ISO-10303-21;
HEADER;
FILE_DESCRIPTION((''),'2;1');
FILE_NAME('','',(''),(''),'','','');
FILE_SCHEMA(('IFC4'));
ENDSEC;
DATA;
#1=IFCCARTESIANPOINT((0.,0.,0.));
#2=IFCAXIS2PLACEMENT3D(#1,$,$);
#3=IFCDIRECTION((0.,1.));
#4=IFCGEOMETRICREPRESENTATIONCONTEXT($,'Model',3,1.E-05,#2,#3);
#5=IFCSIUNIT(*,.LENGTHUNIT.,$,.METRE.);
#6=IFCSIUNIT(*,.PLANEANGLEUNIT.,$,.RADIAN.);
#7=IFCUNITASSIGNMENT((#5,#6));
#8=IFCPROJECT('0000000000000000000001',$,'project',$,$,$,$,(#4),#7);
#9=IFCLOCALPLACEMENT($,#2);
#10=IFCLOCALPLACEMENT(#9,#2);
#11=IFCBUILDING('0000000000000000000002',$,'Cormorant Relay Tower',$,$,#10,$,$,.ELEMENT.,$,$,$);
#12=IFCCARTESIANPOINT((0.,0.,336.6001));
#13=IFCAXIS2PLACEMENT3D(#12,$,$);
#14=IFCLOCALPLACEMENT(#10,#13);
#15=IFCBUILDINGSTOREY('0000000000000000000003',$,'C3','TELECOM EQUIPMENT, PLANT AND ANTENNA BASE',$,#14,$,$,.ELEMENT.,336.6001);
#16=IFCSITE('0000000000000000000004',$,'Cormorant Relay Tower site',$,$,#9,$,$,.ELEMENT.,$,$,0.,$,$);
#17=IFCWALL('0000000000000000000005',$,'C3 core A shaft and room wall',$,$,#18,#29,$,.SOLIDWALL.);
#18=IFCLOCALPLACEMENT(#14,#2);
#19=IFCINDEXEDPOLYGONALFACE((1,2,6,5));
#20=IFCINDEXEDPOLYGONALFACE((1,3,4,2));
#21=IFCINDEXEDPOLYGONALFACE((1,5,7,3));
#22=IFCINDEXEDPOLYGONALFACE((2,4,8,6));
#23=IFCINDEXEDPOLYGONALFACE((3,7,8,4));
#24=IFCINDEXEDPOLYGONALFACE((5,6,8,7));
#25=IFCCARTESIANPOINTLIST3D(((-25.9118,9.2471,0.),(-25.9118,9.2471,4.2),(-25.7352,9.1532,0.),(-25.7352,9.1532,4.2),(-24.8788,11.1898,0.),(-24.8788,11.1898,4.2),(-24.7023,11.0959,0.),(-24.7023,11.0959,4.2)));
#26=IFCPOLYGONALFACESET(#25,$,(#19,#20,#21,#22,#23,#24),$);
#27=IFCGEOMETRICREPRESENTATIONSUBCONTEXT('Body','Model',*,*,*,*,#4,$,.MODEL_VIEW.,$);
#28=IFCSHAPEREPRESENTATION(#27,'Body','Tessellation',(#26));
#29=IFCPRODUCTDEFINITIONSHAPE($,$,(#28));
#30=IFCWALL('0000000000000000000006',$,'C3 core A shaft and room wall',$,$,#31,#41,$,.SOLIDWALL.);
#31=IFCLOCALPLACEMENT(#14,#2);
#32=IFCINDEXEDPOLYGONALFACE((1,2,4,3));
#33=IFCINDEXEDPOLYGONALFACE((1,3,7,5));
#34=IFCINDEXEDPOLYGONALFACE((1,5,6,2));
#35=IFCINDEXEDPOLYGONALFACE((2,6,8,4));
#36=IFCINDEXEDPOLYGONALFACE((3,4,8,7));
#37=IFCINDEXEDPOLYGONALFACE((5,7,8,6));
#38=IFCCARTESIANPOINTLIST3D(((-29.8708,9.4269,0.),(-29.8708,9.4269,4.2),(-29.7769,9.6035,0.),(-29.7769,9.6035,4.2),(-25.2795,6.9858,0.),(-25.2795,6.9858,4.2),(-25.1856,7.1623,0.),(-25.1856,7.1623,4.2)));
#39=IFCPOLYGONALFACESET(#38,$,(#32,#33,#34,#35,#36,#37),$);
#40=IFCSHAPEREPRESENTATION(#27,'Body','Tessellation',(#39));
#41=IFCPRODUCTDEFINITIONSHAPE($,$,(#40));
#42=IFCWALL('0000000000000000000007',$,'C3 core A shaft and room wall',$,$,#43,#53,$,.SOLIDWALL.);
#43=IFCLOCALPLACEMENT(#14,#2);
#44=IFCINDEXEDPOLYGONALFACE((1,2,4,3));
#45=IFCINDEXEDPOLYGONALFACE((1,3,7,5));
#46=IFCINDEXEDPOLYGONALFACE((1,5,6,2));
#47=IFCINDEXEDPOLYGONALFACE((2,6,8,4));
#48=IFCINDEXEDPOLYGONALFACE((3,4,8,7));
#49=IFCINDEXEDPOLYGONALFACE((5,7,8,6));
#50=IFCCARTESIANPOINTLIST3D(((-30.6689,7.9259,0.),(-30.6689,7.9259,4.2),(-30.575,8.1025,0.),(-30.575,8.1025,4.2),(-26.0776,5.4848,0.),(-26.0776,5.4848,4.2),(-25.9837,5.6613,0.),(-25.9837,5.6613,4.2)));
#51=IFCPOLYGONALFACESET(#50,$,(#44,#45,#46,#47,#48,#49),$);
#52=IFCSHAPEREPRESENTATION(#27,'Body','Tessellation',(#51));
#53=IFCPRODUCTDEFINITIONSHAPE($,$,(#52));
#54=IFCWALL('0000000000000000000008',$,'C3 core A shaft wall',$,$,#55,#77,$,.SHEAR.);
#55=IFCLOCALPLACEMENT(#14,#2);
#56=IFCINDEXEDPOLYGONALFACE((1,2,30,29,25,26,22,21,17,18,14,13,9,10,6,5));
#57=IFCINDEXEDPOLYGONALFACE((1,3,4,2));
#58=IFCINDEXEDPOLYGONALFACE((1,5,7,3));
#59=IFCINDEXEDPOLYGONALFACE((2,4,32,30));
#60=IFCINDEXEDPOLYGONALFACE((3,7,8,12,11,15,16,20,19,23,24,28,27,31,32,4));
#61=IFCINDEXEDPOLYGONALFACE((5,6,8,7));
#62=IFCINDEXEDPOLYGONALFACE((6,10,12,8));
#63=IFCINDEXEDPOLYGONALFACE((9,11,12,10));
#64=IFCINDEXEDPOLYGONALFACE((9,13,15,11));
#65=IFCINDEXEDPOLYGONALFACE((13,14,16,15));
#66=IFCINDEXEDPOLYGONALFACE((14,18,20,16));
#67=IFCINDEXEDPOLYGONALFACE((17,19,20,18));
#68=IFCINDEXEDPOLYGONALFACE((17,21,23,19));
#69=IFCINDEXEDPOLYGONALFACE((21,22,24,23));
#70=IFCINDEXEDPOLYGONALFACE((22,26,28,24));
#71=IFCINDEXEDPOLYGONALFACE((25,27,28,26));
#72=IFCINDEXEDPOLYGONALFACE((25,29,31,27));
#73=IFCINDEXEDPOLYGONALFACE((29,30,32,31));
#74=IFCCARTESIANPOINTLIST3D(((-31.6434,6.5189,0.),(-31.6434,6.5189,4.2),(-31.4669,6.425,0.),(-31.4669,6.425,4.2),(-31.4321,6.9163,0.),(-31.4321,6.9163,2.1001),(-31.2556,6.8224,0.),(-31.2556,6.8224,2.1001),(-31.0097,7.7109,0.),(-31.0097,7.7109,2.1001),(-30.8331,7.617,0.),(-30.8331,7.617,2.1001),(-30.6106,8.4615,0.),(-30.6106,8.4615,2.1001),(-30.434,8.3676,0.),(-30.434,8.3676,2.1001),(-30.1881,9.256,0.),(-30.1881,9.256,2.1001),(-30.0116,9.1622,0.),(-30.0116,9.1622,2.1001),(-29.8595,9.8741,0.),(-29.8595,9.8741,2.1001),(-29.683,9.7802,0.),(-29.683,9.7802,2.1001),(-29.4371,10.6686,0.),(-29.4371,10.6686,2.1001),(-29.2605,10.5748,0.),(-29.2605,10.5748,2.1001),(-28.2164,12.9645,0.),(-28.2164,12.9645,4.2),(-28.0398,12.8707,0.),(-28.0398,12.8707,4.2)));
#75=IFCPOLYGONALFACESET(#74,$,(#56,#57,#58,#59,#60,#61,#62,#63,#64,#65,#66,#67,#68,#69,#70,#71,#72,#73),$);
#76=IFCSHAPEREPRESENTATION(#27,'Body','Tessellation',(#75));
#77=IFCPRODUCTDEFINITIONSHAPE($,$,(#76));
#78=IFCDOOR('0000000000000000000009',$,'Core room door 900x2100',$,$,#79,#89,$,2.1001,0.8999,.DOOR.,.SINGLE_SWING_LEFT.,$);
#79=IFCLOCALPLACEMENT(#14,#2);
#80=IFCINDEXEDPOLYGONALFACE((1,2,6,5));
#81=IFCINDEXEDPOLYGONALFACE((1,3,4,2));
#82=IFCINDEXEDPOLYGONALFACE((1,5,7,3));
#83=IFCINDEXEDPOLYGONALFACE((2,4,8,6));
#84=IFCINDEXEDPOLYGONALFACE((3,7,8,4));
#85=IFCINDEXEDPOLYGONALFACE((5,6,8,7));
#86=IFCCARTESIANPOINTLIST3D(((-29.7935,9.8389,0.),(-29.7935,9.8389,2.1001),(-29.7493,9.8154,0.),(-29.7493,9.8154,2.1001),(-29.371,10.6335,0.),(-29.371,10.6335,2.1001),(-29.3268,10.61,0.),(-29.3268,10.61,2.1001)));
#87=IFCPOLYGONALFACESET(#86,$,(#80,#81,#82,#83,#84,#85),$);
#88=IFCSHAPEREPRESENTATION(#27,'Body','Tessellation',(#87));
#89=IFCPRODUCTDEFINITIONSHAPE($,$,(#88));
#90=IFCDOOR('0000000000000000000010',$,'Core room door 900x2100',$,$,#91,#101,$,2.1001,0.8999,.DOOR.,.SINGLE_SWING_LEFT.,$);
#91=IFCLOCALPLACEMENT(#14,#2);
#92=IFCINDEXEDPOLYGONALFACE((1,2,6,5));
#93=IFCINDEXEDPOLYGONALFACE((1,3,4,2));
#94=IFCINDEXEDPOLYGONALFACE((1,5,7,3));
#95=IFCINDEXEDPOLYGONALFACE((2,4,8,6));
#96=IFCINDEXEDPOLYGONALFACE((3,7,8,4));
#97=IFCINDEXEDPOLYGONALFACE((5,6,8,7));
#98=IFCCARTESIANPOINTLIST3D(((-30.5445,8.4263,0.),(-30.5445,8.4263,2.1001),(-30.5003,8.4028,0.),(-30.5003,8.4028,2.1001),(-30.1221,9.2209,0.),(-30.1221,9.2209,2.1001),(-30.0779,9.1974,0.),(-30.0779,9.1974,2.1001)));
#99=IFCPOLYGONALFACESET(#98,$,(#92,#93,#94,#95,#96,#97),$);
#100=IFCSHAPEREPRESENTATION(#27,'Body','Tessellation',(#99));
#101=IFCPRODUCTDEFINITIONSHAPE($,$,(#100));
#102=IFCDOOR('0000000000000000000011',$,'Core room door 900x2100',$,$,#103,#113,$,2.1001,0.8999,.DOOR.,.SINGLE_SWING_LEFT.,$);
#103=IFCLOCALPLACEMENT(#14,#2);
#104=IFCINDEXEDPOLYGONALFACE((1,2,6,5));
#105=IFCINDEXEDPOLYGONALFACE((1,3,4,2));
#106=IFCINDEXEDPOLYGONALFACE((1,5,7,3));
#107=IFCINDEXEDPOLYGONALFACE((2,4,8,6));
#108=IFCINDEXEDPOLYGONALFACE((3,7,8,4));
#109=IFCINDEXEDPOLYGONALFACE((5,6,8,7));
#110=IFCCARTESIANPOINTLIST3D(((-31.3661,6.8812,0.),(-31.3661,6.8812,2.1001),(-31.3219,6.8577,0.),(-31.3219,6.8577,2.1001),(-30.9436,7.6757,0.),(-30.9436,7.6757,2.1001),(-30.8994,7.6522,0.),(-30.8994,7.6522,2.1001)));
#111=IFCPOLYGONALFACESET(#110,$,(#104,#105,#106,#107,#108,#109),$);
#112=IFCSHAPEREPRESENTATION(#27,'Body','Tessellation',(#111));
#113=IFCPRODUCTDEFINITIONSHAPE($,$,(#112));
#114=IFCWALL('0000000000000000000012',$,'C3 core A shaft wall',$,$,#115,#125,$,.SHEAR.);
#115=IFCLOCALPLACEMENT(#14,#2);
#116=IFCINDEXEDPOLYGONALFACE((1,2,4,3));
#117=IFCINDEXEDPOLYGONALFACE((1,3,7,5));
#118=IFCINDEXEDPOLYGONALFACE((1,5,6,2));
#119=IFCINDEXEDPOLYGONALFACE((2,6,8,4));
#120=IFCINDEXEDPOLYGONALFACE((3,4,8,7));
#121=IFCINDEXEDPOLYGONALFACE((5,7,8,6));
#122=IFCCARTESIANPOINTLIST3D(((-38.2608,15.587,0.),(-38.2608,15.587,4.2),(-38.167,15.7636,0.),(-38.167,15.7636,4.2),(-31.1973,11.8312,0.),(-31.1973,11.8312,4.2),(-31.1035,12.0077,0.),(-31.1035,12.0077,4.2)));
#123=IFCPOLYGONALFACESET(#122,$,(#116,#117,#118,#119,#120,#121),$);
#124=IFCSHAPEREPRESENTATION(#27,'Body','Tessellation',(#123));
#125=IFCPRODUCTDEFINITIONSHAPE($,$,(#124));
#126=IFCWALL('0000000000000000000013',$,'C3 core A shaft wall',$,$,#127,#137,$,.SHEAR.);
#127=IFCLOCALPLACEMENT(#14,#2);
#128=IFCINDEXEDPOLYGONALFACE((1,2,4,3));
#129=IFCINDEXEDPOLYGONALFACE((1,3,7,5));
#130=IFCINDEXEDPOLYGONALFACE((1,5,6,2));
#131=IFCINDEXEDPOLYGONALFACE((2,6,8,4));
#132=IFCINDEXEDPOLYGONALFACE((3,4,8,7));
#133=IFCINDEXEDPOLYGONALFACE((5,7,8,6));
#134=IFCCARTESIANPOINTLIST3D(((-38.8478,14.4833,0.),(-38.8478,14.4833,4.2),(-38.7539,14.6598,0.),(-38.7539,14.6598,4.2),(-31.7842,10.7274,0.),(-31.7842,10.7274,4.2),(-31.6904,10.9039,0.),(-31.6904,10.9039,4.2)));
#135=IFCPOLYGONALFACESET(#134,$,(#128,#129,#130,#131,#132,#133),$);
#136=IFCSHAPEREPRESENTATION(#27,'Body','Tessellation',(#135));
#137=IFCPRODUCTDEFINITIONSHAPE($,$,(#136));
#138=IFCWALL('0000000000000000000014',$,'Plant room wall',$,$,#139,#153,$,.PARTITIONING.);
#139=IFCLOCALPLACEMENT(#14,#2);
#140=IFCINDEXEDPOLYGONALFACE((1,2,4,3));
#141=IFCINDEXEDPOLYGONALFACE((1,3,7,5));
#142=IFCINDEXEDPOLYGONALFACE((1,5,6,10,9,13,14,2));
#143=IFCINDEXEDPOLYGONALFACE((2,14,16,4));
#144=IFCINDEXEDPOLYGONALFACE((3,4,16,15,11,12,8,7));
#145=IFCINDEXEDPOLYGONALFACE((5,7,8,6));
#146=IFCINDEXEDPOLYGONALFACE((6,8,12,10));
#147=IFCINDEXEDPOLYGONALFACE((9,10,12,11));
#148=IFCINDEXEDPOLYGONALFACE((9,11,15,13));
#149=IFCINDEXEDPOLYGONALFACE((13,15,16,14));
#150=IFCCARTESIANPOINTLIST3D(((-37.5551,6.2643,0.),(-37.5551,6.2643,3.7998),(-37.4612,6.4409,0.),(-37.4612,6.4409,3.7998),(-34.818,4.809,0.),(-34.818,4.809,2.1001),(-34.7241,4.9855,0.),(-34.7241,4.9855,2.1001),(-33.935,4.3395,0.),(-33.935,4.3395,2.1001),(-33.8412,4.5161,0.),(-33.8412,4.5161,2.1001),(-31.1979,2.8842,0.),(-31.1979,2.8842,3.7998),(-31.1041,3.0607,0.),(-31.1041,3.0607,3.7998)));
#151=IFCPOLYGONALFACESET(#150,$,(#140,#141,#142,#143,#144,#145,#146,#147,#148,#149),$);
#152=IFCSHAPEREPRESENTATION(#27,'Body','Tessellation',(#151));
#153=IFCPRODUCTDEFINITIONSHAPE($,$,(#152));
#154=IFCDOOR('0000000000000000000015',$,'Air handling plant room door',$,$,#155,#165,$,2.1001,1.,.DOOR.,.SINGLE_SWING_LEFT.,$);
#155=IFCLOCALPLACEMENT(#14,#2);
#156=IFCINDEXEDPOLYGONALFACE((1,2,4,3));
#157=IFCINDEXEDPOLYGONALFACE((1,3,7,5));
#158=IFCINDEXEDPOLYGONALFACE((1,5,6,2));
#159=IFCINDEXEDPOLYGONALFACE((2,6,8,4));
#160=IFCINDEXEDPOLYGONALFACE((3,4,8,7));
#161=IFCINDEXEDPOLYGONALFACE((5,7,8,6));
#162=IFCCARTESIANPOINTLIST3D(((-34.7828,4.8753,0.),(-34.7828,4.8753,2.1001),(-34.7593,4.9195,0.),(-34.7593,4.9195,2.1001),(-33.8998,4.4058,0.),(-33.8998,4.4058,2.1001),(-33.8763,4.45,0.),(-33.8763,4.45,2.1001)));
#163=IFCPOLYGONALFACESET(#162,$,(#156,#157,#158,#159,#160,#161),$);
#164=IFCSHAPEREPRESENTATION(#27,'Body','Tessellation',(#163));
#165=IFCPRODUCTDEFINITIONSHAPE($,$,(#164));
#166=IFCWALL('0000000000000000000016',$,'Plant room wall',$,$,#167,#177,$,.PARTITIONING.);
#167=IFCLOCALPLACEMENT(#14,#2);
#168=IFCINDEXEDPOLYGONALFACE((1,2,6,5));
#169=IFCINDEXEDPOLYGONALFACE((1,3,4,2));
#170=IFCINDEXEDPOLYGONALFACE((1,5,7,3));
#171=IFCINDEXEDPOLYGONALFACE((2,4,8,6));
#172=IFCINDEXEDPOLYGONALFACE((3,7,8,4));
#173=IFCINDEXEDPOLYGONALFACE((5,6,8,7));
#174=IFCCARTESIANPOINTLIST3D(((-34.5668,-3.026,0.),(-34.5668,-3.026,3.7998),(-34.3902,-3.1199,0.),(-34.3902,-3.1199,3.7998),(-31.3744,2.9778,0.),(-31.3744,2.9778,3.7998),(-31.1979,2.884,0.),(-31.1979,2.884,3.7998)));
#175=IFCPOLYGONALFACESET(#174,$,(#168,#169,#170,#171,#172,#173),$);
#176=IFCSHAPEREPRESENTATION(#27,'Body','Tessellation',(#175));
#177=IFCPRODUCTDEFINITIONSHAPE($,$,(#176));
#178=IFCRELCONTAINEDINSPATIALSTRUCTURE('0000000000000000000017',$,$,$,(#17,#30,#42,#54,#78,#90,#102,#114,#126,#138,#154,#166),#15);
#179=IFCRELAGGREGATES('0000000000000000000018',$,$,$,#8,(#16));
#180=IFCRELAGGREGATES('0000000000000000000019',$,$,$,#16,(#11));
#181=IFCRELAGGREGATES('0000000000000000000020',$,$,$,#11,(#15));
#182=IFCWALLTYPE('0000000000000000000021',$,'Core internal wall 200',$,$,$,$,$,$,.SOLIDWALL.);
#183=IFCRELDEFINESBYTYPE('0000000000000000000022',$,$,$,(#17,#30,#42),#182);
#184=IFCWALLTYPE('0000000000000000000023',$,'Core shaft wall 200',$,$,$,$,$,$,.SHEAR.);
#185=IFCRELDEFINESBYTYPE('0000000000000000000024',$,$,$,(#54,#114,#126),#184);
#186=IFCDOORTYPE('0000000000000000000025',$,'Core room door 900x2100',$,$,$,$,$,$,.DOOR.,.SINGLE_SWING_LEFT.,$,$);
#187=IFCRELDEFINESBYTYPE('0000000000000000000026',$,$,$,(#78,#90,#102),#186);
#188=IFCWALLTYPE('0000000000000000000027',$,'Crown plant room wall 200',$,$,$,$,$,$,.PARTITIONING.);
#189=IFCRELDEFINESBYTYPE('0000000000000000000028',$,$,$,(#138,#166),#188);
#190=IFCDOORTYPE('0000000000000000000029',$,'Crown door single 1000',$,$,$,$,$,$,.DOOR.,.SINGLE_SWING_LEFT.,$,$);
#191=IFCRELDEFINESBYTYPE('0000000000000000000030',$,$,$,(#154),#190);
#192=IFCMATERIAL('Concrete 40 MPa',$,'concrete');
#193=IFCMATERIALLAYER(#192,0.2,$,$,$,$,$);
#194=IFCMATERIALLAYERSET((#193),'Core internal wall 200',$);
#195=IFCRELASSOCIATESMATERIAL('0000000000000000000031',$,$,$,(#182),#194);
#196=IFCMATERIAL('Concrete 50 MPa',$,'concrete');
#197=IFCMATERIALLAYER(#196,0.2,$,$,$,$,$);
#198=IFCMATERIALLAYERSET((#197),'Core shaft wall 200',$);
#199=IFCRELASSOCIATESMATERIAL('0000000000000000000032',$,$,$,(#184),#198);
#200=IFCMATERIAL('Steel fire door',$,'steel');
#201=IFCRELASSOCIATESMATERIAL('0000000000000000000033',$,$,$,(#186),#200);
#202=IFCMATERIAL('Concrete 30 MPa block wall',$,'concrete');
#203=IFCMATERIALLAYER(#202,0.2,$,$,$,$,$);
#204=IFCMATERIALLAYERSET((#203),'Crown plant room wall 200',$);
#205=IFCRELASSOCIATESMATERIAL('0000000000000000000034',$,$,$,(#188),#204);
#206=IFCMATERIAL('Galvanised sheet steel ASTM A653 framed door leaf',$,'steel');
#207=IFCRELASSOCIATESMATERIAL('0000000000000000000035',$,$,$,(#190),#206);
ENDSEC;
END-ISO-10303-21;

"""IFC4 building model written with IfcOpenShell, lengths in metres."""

from ifc_helpers import new_model, si_unit, direction, frame, frame_2d, origin, place, context, subcontext, project, spatial, rectangle, extrude, material, layer, layer_set, type_object, element, fill, save


model = new_model("IFC4")

# Units and contexts
model_context = context("Model", 3, precision=1e-05, world=origin(), true_north=direction((0.0, 1.0)))
body_context = subcontext(model_context, "Body", "Model", "MODEL_VIEW")
ifc_project = project(units=[si_unit("LENGTHUNIT", "METRE"), si_unit("PLANEANGLEUNIT", "RADIAN")], contexts=[model_context])

# Site, building, storey
site_placement = place(None, origin())
site = spatial("IfcSite", under=ifc_project, at=site_placement, Name="Cormorant Relay Tower site", CompositionType="ELEMENT", RefElevation=0.0)
building_placement = place(site_placement, origin())
building = spatial("IfcBuilding", under=site, at=building_placement, Name="Cormorant Relay Tower", CompositionType="ELEMENT")
storey_placement = place(building_placement, frame((0.0, 0.0, 336.6001)))
storey = spatial("IfcBuildingStorey", under=building, at=storey_placement, Name="C3", Description="TELECOM EQUIPMENT, PLANT AND ANTENNA BASE", CompositionType="ELEMENT", Elevation=336.6001)

# Walls
ifc_material_1 = material(Name="Concrete 40 MPa", Category="concrete")
ifc_layer_1 = layer(ifc_material_1, 0.2)
ifc_layer_set_1 = layer_set([ifc_layer_1], Name="Core internal wall 200")
wall_type_1 = type_object("IfcWallType", Name="Core internal wall 200", PredefinedType="SOLIDWALL", material=ifc_layer_set_1)
wall_1_placement = place(storey_placement, frame((-24.7905, 11.1428, 0.0), z_axis=(0.0, 0.0, 1.0), x_axis=(-0.469488, -0.882939, 0.0)))
element("IfcWall", 1, at=wall_1_placement, inside=storey, type_object=wall_type_1, Name="C3 core A shaft and room wall", PredefinedType="SOLIDWALL", context=body_context, shape_type="SweptSolid", body=[
    extrude(rectangle(XDim=2.2002, YDim=0.2, at=frame_2d((1.1001, 0.0))), origin(), (0.0, 0.0, 1.0), 4.2),
])
for number, where, z_axis, x_axis, name in (
    (2, (-25.2324, 7.074, 0.0), (0.0, 0.0, 1.0), (-0.882954, 0.46946, 0.0), "C3 core A shaft and room wall"),
    (3, (-26.0305, 5.573, 0.0), (0.0, 0.0, 1.0), (-0.882954, 0.46946, 0.0), "C3 core A shaft and room wall"),
):
    element("IfcWall", number, at=place(storey_placement, frame(where, z_axis=z_axis, x_axis=x_axis)), inside=storey, type_object=wall_type_1, Name=name, PredefinedType="SOLIDWALL", context=body_context, shape_type="SweptSolid", body=[
        extrude(rectangle(XDim=5.2, YDim=0.2, at=frame_2d((2.6001, 0.0))), origin(), (0.0, 0.0, 1.0), 4.2),
    ])

# Wall, openings, doors
ifc_material_2 = material(Name="Concrete 50 MPa", Category="concrete")
ifc_layer_2 = layer(ifc_material_2, 0.2)
ifc_layer_set_2 = layer_set([ifc_layer_2], Name="Core shaft wall 200")
wall_type_2 = type_object("IfcWallType", Name="Core shaft wall 200", PredefinedType="SHEAR", material=ifc_layer_set_2)
wall_2_placement = place(storey_placement, frame((-28.1282, 12.9175, 0.0), z_axis=(0.0, 0.0, 1.0), x_axis=(-0.469454, -0.882957, 0.0)))
wall_2 = element("IfcWall", 4, at=wall_2_placement, inside=storey, type_object=wall_type_2, Name="C3 core A shaft wall", PredefinedType="SHEAR", context=body_context, shape_type="SweptSolid", body=[
    extrude(rectangle(XDim=7.3, YDim=0.2, at=frame_2d((3.6499, 0.0))), origin(), (0.0, 0.0, 1.0), 4.2),
])
opening_1_placement = place(wall_2_placement, frame((2.6001, 0.0, 0.0)))
opening_1 = element("IfcOpeningElement", 5, at=opening_1_placement, cuts=wall_2, PredefinedType="OPENING", context=body_context, shape_type="SweptSolid", body=[
    extrude(rectangle(XDim=0.8999, YDim=2.1001, at=frame_2d((0.45, 1.05))), frame((0.0, 0.1099, 0.0), z_axis=(0.0, -1.0, 0.0), x_axis=(1.0, 0.0, 0.0)), (0.0, 0.0, 1.0), 0.22),
])
opening_2_placement = place(wall_2_placement, frame((4.2, 0.0, 0.0)))
opening_2 = element("IfcOpeningElement", 6, at=opening_2_placement, cuts=wall_2, PredefinedType="OPENING", context=body_context, shape_type="SweptSolid", body=[
    extrude(rectangle(XDim=0.8999, YDim=2.1001, at=frame_2d((0.45, 1.05))), frame((0.0, 0.1099, 0.0), z_axis=(0.0, -1.0, 0.0), x_axis=(1.0, 0.0, 0.0)), (0.0, 0.0, 1.0), 0.22),
])
opening_3_placement = place(wall_2_placement, frame((5.95, 0.0, 0.0)))
opening_3 = element("IfcOpeningElement", 7, at=opening_3_placement, cuts=wall_2, PredefinedType="OPENING", context=body_context, shape_type="SweptSolid", body=[
    extrude(rectangle(XDim=0.8999, YDim=2.1001, at=frame_2d((0.45, 1.05))), frame((0.0, 0.1099, 0.0), z_axis=(0.0, -1.0, 0.0), x_axis=(1.0, 0.0, 0.0)), (0.0, 0.0, 1.0), 0.22),
])
ifc_material_3 = material(Name="Steel fire door", Category="steel")
door_type_1 = type_object("IfcDoorType", Name="Core room door 900x2100", OperationType="SINGLE_SWING_LEFT", PredefinedType="DOOR", material=ifc_material_3)
door_1_placement = place(opening_1_placement, origin())
door_1 = element("IfcDoor", 8, at=door_1_placement, inside=storey, type_object=door_type_1, Name="Core room door 900x2100", OperationType="SINGLE_SWING_LEFT", OverallHeight=2.1001, OverallWidth=0.8999, PredefinedType="DOOR", context=body_context, shape_type="SweptSolid", body=[
    extrude(rectangle(XDim=0.8999, YDim=2.1001, at=frame_2d((0.45, 1.05))), frame((0.0, 0.0249, 0.0), z_axis=(0.0, -1.0, 0.0), x_axis=(1.0, 0.0, 0.0)), (0.0, 0.0, 1.0), 0.05),
])
fill(opening_1, door_1)
door_2_placement = place(opening_2_placement, origin())
door_2 = element("IfcDoor", 9, at=door_2_placement, inside=storey, type_object=door_type_1, Name="Core room door 900x2100", OperationType="SINGLE_SWING_LEFT", OverallHeight=2.1001, OverallWidth=0.8999, PredefinedType="DOOR", context=body_context, shape_type="SweptSolid", body=[
    extrude(rectangle(XDim=0.8999, YDim=2.1001, at=frame_2d((0.45, 1.05))), frame((0.0, 0.0249, 0.0), z_axis=(0.0, -1.0, 0.0), x_axis=(1.0, 0.0, 0.0)), (0.0, 0.0, 1.0), 0.05),
])
fill(opening_2, door_2)
door_3_placement = place(opening_3_placement, origin())
door_3 = element("IfcDoor", 10, at=door_3_placement, inside=storey, type_object=door_type_1, Name="Core room door 900x2100", OperationType="SINGLE_SWING_LEFT", OverallHeight=2.1001, OverallWidth=0.8999, PredefinedType="DOOR", context=body_context, shape_type="SweptSolid", body=[
    extrude(rectangle(XDim=0.8999, YDim=2.1001, at=frame_2d((0.45, 1.05))), frame((0.0, 0.0249, 0.0), z_axis=(0.0, -1.0, 0.0), x_axis=(1.0, 0.0, 0.0)), (0.0, 0.0, 1.0), 0.05),
])
fill(opening_3, door_3)

# Walls
for number, where, z_axis, x_axis, name in (
    (11, (-31.1504, 11.9194, 0.0), (0.0, 0.0, 1.0), (-0.88294, 0.469485, 0.0), "C3 core A shaft wall"),
    (12, (-31.7373, 10.8157, 0.0), (0.0, 0.0, 1.0), (-0.88294, 0.469485, 0.0), "C3 core A shaft wall"),
):
    element("IfcWall", number, at=place(storey_placement, frame(where, z_axis=z_axis, x_axis=x_axis)), inside=storey, type_object=wall_type_2, Name=name, PredefinedType="SHEAR", context=body_context, shape_type="SweptSolid", body=[
        extrude(rectangle(XDim=8.0, YDim=0.2, at=frame_2d((4.0, 0.0))), origin(), (0.0, 0.0, 1.0), 4.2),
    ])

# Wall, opening, door
ifc_material_4 = material(Name="Concrete 30 MPa block wall", Category="concrete")
ifc_layer_3 = layer(ifc_material_4, 0.2)
ifc_layer_set_3 = layer_set([ifc_layer_3], Name="Crown plant room wall 200")
wall_type_3 = type_object("IfcWallType", Name="Crown plant room wall 200", PredefinedType="PARTITIONING", material=ifc_layer_set_3)
wall_3_placement = place(storey_placement, frame((-31.1509, 2.9724, 0.0), z_axis=(0.0, 0.0, 1.0), x_axis=(-0.88295, 0.469467, 0.0)))
wall_3 = element("IfcWall", 13, at=wall_3_placement, inside=storey, type_object=wall_type_3, Name="Plant room wall", PredefinedType="PARTITIONING", context=body_context, shape_type="SweptSolid", body=[
    extrude(rectangle(XDim=7.2, YDim=0.2, at=frame_2d((3.6001, 0.0))), origin(), (0.0, 0.0, 1.0), 3.7998),
])
opening_4_placement = place(wall_3_placement, frame((3.1001, 0.0, 0.0)))
opening_4 = element("IfcOpeningElement", 14, at=opening_4_placement, cuts=wall_3, PredefinedType="OPENING", context=body_context, shape_type="SweptSolid", body=[
    extrude(rectangle(XDim=1.0, YDim=2.1001, at=frame_2d((0.5, 1.05))), frame((0.0, 0.1099, 0.0), z_axis=(0.0, -1.0, 0.0), x_axis=(1.0, 0.0, 0.0)), (0.0, 0.0, 1.0), 0.22),
])
ifc_material_5 = material(Name="Galvanised sheet steel ASTM A653 framed door leaf", Category="steel")
door_type_2 = type_object("IfcDoorType", Name="Crown door single 1000", OperationType="SINGLE_SWING_LEFT", PredefinedType="DOOR", material=ifc_material_5)
door_4_placement = place(opening_4_placement, origin())
door_4 = element("IfcDoor", 15, at=door_4_placement, inside=storey, type_object=door_type_2, Name="Air handling plant room door", OperationType="SINGLE_SWING_LEFT", OverallHeight=2.1001, OverallWidth=1.0, PredefinedType="DOOR", context=body_context, shape_type="SweptSolid", body=[
    extrude(rectangle(XDim=1.0, YDim=2.1001, at=frame_2d((0.5, 1.05))), frame((0.0, 0.0249, 0.0), z_axis=(0.0, -1.0, 0.0), x_axis=(1.0, 0.0, 0.0)), (0.0, 0.0, 1.0), 0.05),
])
fill(opening_4, door_4)

# Wall
wall_4_placement = place(storey_placement, frame((-31.2861, 2.9309, 0.0), z_axis=(0.0, 0.0, 1.0), x_axis=(-0.469477, -0.882945, 0.0)))
element("IfcWall", 16, at=wall_4_placement, inside=storey, type_object=wall_type_3, Name="Plant room wall", PredefinedType="PARTITIONING", context=body_context, shape_type="SweptSolid", body=[
    extrude(rectangle(XDim=6.7998, YDim=0.2, at=frame_2d((3.3999, 0.0))), origin(), (0.0, 0.0, 1.0), 3.7998),
])

save(model, "model.ifc")
